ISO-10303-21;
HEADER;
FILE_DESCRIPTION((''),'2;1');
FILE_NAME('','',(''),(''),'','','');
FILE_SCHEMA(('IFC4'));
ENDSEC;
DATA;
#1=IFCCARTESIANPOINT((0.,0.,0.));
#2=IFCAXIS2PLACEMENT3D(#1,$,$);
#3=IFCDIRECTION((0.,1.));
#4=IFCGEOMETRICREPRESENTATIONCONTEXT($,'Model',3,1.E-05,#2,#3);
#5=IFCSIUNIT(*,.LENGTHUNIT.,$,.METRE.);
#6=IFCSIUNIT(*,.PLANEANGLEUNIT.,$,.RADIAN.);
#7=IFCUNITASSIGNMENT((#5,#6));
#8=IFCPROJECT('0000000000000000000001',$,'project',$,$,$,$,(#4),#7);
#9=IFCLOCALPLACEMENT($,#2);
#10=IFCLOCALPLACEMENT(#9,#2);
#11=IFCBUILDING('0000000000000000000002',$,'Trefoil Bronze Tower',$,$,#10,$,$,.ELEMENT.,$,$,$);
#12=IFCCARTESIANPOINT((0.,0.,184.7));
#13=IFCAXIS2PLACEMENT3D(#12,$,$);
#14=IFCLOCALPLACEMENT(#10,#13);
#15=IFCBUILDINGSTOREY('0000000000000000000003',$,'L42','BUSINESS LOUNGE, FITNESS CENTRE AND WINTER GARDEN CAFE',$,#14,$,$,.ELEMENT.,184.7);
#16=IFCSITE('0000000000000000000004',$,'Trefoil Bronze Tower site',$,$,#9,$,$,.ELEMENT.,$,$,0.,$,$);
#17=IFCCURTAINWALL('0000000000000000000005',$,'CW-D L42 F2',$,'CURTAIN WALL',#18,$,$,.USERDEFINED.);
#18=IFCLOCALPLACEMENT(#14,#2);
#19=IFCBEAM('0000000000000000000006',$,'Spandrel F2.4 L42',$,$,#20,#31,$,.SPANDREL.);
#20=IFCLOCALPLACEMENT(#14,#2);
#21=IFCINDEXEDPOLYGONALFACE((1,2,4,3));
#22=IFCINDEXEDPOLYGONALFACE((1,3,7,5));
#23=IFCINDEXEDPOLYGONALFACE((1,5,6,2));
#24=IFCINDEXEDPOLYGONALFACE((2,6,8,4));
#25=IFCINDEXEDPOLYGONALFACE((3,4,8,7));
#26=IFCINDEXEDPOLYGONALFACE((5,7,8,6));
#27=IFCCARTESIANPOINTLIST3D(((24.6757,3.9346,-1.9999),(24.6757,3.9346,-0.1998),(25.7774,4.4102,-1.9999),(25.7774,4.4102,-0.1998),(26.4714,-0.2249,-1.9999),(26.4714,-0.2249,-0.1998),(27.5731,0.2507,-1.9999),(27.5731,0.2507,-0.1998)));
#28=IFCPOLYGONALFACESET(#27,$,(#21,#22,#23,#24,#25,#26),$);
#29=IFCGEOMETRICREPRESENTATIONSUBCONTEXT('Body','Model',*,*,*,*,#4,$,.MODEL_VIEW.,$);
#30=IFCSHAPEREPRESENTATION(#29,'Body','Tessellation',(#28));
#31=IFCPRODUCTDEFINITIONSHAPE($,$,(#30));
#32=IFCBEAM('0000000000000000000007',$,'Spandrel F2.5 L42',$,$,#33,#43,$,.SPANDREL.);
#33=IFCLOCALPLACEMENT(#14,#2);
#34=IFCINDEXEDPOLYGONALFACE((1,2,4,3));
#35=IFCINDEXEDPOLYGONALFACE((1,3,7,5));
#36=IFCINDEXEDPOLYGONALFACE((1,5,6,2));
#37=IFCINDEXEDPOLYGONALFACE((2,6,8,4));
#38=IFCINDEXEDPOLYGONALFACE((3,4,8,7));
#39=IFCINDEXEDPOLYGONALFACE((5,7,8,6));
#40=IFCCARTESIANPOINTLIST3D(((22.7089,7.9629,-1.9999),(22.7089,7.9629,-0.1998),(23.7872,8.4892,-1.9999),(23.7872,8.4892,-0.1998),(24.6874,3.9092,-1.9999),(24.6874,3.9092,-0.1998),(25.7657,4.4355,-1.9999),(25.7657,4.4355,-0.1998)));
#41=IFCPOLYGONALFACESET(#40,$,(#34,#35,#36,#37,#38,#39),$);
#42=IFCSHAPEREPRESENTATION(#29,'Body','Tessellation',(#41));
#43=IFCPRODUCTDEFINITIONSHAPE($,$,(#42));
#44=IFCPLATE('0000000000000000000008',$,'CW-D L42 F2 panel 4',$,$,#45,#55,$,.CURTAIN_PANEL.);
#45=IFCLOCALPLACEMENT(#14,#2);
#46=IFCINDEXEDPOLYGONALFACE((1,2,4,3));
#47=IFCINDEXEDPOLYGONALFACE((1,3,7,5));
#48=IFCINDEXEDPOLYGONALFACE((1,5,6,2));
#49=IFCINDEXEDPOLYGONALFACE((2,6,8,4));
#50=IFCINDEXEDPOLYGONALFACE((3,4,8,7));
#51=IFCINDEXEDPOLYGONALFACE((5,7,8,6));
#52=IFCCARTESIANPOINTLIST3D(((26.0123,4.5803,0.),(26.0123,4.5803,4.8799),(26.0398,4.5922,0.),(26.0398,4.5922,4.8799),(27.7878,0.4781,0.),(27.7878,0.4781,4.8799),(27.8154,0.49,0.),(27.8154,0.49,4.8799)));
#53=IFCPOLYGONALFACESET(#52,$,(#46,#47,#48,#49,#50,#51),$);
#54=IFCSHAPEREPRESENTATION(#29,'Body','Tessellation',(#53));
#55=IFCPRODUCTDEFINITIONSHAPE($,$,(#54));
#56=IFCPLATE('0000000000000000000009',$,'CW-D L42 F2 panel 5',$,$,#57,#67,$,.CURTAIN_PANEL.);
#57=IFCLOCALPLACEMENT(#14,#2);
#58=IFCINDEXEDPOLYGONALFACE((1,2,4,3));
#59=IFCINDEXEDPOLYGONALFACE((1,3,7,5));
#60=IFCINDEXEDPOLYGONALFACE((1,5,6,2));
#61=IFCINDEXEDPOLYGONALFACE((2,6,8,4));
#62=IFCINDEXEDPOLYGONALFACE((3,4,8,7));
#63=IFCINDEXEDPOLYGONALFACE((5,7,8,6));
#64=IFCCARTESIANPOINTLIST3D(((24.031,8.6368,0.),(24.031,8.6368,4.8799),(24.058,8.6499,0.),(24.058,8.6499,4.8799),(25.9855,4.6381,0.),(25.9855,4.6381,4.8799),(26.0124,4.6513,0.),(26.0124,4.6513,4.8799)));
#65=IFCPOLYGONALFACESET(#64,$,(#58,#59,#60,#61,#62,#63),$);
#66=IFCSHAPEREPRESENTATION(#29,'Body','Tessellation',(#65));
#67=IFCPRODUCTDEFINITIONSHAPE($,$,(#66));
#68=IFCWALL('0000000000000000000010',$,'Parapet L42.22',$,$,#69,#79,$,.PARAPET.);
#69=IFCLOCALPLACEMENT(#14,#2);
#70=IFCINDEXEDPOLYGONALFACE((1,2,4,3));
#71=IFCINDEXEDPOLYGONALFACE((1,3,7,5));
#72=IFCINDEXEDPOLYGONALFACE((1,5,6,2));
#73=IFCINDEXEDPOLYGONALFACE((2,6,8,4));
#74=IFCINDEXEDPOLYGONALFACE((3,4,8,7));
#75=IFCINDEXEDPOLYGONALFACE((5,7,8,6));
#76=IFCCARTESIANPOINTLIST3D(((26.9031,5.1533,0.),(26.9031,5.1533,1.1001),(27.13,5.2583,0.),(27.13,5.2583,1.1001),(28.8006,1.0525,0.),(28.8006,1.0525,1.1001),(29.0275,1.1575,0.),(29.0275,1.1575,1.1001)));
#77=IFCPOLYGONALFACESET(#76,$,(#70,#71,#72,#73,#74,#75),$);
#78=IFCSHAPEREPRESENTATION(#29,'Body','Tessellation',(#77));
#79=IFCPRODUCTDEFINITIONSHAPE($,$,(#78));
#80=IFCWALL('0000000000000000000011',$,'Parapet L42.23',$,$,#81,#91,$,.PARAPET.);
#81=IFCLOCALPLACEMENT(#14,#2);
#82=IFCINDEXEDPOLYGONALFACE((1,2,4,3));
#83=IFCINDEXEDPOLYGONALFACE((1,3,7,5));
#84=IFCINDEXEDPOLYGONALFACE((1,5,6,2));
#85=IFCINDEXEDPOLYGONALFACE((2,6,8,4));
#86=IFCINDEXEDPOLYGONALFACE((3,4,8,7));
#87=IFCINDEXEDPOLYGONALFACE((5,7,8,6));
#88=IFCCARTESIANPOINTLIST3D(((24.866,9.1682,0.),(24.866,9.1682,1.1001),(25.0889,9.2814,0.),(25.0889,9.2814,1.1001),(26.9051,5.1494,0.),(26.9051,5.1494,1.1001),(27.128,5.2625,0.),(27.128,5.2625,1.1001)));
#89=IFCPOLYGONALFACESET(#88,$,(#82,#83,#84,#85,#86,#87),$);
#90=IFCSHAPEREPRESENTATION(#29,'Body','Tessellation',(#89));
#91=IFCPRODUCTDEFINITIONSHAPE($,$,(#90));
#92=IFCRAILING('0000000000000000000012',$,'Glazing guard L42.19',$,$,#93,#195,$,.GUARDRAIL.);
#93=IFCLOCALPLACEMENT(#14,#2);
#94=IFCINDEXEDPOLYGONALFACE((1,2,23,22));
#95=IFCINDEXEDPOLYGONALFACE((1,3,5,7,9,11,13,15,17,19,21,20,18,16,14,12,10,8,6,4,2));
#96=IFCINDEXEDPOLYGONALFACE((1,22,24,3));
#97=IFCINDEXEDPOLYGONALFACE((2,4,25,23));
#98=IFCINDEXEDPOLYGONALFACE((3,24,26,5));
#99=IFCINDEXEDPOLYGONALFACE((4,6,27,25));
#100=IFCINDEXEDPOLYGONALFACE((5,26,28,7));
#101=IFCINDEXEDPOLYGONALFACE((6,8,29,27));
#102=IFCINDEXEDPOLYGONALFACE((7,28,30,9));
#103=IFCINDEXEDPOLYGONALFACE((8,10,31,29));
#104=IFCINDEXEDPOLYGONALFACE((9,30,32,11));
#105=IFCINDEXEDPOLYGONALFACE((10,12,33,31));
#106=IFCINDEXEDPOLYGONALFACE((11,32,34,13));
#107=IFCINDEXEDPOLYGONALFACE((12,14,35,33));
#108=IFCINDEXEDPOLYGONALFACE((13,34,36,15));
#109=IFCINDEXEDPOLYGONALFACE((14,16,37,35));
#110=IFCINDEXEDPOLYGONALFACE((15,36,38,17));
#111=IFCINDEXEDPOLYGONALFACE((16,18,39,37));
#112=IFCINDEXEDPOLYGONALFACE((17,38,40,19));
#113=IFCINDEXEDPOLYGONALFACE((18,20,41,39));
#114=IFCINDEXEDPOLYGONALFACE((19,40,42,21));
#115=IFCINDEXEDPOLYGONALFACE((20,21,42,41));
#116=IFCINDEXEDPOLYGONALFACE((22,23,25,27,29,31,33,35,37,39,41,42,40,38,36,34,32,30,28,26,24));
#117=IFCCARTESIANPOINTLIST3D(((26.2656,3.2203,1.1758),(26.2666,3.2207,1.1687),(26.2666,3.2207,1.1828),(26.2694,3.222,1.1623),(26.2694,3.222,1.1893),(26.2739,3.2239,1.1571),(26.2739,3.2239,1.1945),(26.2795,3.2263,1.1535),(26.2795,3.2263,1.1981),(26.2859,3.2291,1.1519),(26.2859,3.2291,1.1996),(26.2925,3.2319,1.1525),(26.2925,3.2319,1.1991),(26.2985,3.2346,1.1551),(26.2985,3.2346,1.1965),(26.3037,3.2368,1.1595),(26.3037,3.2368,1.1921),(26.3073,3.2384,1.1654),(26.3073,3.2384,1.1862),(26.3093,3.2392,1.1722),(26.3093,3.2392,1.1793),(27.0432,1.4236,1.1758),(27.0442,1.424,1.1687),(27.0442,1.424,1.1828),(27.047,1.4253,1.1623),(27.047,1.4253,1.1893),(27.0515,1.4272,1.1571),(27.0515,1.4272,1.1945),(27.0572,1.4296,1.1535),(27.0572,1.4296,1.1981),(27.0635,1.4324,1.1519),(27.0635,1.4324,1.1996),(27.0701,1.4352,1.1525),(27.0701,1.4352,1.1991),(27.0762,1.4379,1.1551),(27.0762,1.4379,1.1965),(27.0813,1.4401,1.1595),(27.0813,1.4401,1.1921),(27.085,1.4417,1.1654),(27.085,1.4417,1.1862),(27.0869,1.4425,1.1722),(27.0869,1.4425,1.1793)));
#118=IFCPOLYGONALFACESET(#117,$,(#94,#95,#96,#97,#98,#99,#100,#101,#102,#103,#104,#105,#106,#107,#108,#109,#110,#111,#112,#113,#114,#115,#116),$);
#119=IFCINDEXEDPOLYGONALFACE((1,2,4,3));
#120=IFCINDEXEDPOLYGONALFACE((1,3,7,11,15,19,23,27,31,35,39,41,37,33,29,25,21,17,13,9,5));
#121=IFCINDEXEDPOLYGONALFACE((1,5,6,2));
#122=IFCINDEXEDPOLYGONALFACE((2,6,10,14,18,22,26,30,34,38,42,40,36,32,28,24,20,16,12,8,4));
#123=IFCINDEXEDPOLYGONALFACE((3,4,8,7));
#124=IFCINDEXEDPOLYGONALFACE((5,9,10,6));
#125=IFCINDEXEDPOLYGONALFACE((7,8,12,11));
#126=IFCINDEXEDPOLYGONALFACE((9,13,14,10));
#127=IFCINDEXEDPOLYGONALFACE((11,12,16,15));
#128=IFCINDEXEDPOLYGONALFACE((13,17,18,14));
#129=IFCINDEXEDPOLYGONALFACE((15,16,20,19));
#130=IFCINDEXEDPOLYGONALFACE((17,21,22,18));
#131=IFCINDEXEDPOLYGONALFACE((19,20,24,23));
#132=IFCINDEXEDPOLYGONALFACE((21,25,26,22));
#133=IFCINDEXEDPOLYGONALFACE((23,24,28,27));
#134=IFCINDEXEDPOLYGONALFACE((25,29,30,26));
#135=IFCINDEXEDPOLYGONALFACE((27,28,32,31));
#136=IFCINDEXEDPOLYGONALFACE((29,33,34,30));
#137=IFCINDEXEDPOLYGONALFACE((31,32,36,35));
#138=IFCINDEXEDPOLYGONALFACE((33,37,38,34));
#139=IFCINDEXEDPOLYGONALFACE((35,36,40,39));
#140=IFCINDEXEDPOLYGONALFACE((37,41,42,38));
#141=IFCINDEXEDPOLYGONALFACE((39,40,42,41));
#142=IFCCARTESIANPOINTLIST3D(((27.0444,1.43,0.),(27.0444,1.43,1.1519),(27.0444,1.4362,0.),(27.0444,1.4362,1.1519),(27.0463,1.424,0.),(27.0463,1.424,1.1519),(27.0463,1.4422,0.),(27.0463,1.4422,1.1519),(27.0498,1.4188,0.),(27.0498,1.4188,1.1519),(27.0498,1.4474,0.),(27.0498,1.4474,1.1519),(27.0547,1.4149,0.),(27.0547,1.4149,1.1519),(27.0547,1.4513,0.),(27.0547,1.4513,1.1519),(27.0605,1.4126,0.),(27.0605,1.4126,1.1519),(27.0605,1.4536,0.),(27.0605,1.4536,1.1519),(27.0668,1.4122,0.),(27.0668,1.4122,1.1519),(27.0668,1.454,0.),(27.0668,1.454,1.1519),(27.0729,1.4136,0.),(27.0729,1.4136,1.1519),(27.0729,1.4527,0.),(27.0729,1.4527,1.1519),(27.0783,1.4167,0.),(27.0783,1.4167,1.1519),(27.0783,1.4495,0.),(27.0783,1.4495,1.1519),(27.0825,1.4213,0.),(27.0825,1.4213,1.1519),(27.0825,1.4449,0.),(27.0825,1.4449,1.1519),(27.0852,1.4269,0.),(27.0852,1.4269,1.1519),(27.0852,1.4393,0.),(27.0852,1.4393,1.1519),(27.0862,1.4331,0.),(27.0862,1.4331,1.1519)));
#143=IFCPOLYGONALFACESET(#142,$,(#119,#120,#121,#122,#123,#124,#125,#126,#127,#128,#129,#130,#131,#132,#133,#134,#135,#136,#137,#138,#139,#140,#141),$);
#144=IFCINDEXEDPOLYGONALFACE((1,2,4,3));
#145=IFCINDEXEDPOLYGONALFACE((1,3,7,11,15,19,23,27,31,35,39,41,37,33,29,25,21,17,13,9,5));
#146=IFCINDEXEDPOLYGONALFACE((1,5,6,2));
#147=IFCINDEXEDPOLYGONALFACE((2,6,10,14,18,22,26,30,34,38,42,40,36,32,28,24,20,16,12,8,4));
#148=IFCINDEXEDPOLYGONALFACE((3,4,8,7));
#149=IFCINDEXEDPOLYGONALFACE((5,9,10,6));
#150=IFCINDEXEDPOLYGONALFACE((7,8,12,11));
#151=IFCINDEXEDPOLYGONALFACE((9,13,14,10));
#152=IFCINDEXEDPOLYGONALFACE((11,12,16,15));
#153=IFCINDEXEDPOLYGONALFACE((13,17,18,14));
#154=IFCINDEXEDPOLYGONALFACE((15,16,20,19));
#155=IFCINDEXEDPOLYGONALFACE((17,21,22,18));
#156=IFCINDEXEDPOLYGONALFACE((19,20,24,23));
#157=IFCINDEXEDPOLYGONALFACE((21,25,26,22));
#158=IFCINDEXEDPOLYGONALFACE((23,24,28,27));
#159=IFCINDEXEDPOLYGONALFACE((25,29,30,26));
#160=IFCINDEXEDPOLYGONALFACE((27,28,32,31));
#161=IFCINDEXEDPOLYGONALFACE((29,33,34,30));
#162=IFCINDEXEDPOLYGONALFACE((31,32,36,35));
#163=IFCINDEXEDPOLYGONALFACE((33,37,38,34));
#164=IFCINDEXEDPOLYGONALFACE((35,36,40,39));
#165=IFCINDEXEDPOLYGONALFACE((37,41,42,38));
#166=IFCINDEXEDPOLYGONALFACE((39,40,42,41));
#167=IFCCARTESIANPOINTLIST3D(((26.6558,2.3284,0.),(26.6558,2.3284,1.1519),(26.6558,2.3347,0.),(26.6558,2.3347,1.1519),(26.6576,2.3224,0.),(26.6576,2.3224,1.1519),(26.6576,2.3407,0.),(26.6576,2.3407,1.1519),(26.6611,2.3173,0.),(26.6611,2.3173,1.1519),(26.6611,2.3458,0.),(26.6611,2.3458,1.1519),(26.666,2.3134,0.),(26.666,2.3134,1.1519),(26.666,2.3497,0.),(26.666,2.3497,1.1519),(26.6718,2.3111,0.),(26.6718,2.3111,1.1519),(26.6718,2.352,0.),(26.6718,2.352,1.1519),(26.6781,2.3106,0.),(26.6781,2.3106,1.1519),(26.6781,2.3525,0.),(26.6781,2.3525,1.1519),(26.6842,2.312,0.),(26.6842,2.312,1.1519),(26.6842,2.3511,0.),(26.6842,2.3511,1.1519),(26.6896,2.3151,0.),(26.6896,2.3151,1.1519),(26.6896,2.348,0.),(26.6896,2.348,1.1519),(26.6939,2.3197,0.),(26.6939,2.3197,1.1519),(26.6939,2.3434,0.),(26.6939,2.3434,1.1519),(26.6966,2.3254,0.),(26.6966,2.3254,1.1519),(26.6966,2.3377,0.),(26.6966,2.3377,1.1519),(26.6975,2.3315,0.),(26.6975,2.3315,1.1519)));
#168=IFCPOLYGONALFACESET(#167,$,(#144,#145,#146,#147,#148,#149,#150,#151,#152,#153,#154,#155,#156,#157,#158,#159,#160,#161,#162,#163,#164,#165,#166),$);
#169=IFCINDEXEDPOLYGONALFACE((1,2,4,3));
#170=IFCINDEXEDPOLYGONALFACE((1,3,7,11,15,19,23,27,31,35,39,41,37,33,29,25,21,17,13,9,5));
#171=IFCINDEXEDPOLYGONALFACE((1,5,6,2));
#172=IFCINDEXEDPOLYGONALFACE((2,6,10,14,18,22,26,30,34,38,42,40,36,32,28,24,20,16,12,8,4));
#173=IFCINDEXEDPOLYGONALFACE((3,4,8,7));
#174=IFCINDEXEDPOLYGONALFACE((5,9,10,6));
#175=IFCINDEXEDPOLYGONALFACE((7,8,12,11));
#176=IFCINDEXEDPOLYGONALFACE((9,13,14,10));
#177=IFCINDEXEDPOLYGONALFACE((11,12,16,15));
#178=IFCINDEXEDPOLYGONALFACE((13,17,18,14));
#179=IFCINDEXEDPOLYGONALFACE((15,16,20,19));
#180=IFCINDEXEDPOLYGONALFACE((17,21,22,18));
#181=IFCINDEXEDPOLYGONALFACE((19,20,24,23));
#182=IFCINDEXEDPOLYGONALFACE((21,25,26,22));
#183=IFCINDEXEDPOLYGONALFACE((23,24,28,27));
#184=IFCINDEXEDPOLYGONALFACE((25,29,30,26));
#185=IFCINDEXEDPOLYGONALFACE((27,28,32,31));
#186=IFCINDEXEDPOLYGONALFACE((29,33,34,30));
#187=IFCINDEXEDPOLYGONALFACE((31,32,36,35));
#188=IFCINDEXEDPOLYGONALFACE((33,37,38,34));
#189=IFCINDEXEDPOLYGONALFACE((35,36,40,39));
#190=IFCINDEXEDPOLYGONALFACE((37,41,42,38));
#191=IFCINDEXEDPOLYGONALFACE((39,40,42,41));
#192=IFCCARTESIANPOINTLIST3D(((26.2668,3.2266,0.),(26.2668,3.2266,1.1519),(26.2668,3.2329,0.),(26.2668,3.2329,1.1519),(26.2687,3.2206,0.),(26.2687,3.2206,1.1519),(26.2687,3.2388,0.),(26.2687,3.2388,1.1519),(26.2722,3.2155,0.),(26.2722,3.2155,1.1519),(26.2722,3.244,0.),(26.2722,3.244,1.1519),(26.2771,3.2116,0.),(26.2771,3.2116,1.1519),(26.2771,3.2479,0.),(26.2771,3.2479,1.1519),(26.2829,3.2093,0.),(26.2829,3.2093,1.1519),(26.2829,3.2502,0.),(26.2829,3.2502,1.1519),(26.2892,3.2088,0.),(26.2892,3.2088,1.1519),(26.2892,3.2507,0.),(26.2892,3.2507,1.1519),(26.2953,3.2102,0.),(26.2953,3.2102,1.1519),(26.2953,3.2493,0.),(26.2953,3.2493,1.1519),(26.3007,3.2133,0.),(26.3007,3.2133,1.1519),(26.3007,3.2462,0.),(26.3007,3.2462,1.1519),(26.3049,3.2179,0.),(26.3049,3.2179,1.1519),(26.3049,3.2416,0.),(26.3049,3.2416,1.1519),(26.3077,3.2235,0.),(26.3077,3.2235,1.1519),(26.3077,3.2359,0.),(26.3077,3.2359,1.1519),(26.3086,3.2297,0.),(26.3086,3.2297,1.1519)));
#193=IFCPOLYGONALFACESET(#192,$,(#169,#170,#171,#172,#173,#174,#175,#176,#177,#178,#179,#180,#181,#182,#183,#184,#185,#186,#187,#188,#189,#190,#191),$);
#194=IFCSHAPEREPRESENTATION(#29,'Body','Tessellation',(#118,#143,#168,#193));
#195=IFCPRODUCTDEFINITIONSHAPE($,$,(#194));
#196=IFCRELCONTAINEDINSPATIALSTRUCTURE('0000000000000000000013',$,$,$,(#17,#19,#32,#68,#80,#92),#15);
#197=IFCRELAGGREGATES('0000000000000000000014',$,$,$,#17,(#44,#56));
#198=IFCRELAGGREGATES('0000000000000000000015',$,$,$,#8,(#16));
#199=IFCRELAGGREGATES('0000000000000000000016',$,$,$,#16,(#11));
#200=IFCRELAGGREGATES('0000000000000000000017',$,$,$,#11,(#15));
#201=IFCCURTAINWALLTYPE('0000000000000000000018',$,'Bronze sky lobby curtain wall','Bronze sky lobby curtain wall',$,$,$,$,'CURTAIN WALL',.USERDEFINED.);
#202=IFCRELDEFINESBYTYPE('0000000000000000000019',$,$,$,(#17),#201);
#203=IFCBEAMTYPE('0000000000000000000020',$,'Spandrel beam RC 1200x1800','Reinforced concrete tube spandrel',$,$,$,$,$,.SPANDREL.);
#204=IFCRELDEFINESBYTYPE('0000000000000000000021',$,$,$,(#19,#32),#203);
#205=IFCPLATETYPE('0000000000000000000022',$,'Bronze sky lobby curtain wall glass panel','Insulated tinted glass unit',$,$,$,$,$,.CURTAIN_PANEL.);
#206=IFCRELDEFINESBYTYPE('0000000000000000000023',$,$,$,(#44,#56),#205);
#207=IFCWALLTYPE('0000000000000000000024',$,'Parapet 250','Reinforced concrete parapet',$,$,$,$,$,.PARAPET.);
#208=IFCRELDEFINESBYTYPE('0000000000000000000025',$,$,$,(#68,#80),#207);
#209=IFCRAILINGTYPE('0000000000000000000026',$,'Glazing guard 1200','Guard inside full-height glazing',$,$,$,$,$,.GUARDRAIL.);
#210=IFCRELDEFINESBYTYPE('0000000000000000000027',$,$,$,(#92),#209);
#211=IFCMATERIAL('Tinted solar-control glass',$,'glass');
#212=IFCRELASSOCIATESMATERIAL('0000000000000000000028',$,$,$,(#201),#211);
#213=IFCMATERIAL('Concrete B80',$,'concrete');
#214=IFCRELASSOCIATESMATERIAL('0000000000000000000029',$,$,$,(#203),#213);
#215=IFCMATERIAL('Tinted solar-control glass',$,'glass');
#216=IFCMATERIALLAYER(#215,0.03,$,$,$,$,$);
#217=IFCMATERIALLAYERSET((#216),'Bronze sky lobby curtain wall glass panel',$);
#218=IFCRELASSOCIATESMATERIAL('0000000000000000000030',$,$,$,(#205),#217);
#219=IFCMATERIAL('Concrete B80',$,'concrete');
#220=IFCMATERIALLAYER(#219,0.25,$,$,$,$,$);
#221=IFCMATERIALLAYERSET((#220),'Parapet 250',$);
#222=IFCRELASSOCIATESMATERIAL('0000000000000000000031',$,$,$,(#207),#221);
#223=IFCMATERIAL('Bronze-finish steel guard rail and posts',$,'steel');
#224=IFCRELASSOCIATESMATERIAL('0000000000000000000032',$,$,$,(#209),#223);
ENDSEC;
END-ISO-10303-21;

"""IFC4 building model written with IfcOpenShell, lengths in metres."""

from ifc_helpers import new_model, si_unit, direction, frame, frame_2d, origin, origin_2d, place, context, subcontext, project, spatial, rectangle, circle, extrude, material, layer, layer_set, material_profile, profile_set, type_object, element, aggregate, save


model = new_model("IFC4")

# Units and contexts
model_context = context("Model", 3, precision=1e-05, world=origin(), true_north=direction((0.0, 1.0)))
body_context = subcontext(model_context, "Body", "Model", "MODEL_VIEW")
ifc_project = project(units=[si_unit("LENGTHUNIT", "METRE"), si_unit("PLANEANGLEUNIT", "RADIAN")], contexts=[model_context])

# Site, building, storey
site_placement = place(None, origin())
site = spatial("IfcSite", under=ifc_project, at=site_placement, Name="Trefoil Bronze Tower site", CompositionType="ELEMENT", RefElevation=0.0)
building_placement = place(site_placement, origin())
building = spatial("IfcBuilding", under=site, at=building_placement, Name="Trefoil Bronze Tower", CompositionType="ELEMENT")
storey_placement = place(building_placement, frame((0.0, 0.0, 184.7)))
storey = spatial("IfcBuildingStorey", under=building, at=storey_placement, Name="L42", Description="BUSINESS LOUNGE, FITNESS CENTRE AND WINTER GARDEN CAFE", CompositionType="ELEMENT", Elevation=184.7)

# Curtain wall
ifc_material_1 = material(Name="Tinted solar-control glass", Category="glass")
curtain_wall_type = type_object("IfcCurtainWallType", Name="Bronze sky lobby curtain wall", Description="Bronze sky lobby curtain wall", ElementType="CURTAIN WALL", PredefinedType="USERDEFINED", material=ifc_material_1)
curtain_wall_placement = place(storey_placement, origin())
curtain_wall = element("IfcCurtainWall", 1, at=curtain_wall_placement, inside=storey, type_object=curtain_wall_type, Name="CW-D L42 F2", ObjectType="CURTAIN WALL", PredefinedType="USERDEFINED")

# Beams
ifc_material_2 = material(Name="Concrete B80", Category="concrete")
ifc_material_profile_1 = material_profile(ifc_material_2, rectangle(XDim=1.2, YDim=1.8, at=origin_2d()), Name="RC 1200x1800")
ifc_profile_set_1 = profile_set([ifc_material_profile_1], Name="Concrete B80")
beam_type_1 = type_object("IfcBeamType", Name="Spandrel beam RC 1200x1800", Description="Reinforced concrete tube spandrel", PredefinedType="SPANDREL", material=ifc_profile_set_1)
beam_1_placement = place(storey_placement, frame((27.0222, 0.0129, -1.0999), z_axis=(-0.39635, 0.918099, 0.0), x_axis=(-0.918099, -0.39635, 0.0)))
element("IfcBeam", 2, at=beam_1_placement, inside=storey, type_object=beam_type_1, Name="Spandrel F2.4 L42", PredefinedType="SPANDREL", context=body_context, shape_type="SweptSolid", body=[
    extrude(rectangle(XDim=1.2, YDim=1.8, at=origin_2d()), origin(), (0.0, 0.0, 1.0), 4.5305),
])
beam_2_placement = place(storey_placement, frame((25.2266, 4.1724, -1.0999), z_axis=(-0.43862, 0.898673, 0.0), x_axis=(-0.898673, -0.43862, 0.0)))
element("IfcBeam", 3, at=beam_2_placement, inside=storey, type_object=beam_type_1, Name="Spandrel F2.5 L42", PredefinedType="SPANDREL", context=body_context, shape_type="SweptSolid", body=[
    extrude(rectangle(XDim=1.2, YDim=1.8, at=origin_2d()), origin(), (0.0, 0.0, 1.0), 4.5107),
])

# Plates
ifc_material_3 = material(Name="Tinted solar-control glass", Category="glass")
ifc_layer_1 = layer(ifc_material_3, 0.03)
ifc_layer_set_1 = layer_set([ifc_layer_1], Name="Bronze sky lobby curtain wall glass panel")
plate_type = type_object("IfcPlateType", Name="Bronze sky lobby curtain wall glass panel", Description="Insulated tinted glass unit", PredefinedType="CURTAIN_PANEL", material=ifc_layer_set_1)
plate_1_placement = place(storey_placement, frame((26.9138, 2.5352, 0.0), z_axis=(0.0, 0.0, 1.0), x_axis=(-0.39722, 0.917723, 0.0)))
plate_1 = element("IfcPlate", 4, at=plate_1_placement, type_object=plate_type, Name="CW-D L42 F2 panel 4", PredefinedType="CURTAIN_PANEL", context=body_context, shape_type="SweptSolid", body=[
    extrude(rectangle(XDim=4.47, YDim=0.03, at=origin_2d()), origin(), (0.0, 0.0, 1.0), 4.8799),
])
plate_2_placement = place(storey_placement, frame((25.0217, 6.644, 0.0), z_axis=(0.0, 0.0, 1.0), x_axis=(-0.439129, 0.898424, 0.0)))
plate_2 = element("IfcPlate", 5, at=plate_2_placement, type_object=plate_type, Name="CW-D L42 F2 panel 5", PredefinedType="CURTAIN_PANEL", context=body_context, shape_type="SweptSolid", body=[
    extrude(rectangle(XDim=4.4507, YDim=0.03, at=origin_2d()), origin(), (0.0, 0.0, 1.0), 4.8799),
])
aggregate(curtain_wall, [plate_1, plate_2])

# Walls
ifc_material_4 = material(Name="Concrete B80", Category="concrete")
ifc_layer_2 = layer(ifc_material_4, 0.25)
ifc_layer_set_2 = layer_set([ifc_layer_2], Name="Parapet 250")
wall_type = type_object("IfcWallType", Name="Parapet 250", Description="Reinforced concrete parapet", PredefinedType="PARAPET", material=ifc_layer_set_2)
wall_1_placement = place(storey_placement, frame((28.9141, 1.105, 0.0), z_axis=(0.0, 0.0, 1.0), x_axis=(-0.419928, 0.907557, 0.0)))
element("IfcWall", 6, at=wall_1_placement, inside=storey, type_object=wall_type, Name="Parapet L42.22", PredefinedType="PARAPET", context=body_context, shape_type="SweptSolid", body=[
    extrude(rectangle(XDim=4.5186, YDim=0.25, at=frame_2d((2.2593, 0.0))), origin(), (0.0, 0.0, 1.0), 1.1001),
])
wall_2_placement = place(storey_placement, frame((27.0166, 5.2058, 0.0), z_axis=(0.0, 0.0, 1.0), x_axis=(-0.452472, 0.891779, 0.0)))
element("IfcWall", 7, at=wall_2_placement, inside=storey, type_object=wall_type, Name="Parapet L42.23", PredefinedType="PARAPET", context=body_context, shape_type="SweptSolid", body=[
    extrude(rectangle(XDim=4.5066, YDim=0.25, at=frame_2d((2.2534, 0.0))), origin(), (0.0, 0.0, 1.0), 1.1001),
])

# Railing
ifc_material_5 = material(Name="Bronze-finish steel guard rail and posts", Category="steel")
railing_type = type_object("IfcRailingType", Name="Glazing guard 1200", Description="Guard inside full-height glazing", PredefinedType="GUARDRAIL", material=ifc_material_5)
railing_1_placement = place(storey_placement, frame((27.0652, 1.4331, 0.0)))
element("IfcRailing", 8, at=railing_1_placement, inside=storey, type_object=railing_type, Name="Glazing guard L42.19", PredefinedType="GUARDRAIL", context=body_context, shape_type="SweptSolid", body=[
    extrude(circle(Radius=0.0239, at=origin_2d()), frame((0.0, 0.0, 1.1758), z_axis=(-0.397198, 0.917733, 0.0), x_axis=(-0.917733, -0.397198, 0.0)), (0.0, 0.0, 1.0), 1.9578),
    extrude(circle(Radius=0.021, at=origin_2d()), origin(), (0.0, 0.0, 1.0), 1.1519),
    extrude(circle(Radius=0.021, at=origin_2d()), frame((-0.3887, 0.8984, 0.0)), (0.0, 0.0, 1.0), 1.1519),
    extrude(circle(Radius=0.021, at=origin_2d()), frame((-0.7776, 1.7966, 0.0)), (0.0, 0.0, 1.0), 1.1519),
])

save(model, "model.ifc")
